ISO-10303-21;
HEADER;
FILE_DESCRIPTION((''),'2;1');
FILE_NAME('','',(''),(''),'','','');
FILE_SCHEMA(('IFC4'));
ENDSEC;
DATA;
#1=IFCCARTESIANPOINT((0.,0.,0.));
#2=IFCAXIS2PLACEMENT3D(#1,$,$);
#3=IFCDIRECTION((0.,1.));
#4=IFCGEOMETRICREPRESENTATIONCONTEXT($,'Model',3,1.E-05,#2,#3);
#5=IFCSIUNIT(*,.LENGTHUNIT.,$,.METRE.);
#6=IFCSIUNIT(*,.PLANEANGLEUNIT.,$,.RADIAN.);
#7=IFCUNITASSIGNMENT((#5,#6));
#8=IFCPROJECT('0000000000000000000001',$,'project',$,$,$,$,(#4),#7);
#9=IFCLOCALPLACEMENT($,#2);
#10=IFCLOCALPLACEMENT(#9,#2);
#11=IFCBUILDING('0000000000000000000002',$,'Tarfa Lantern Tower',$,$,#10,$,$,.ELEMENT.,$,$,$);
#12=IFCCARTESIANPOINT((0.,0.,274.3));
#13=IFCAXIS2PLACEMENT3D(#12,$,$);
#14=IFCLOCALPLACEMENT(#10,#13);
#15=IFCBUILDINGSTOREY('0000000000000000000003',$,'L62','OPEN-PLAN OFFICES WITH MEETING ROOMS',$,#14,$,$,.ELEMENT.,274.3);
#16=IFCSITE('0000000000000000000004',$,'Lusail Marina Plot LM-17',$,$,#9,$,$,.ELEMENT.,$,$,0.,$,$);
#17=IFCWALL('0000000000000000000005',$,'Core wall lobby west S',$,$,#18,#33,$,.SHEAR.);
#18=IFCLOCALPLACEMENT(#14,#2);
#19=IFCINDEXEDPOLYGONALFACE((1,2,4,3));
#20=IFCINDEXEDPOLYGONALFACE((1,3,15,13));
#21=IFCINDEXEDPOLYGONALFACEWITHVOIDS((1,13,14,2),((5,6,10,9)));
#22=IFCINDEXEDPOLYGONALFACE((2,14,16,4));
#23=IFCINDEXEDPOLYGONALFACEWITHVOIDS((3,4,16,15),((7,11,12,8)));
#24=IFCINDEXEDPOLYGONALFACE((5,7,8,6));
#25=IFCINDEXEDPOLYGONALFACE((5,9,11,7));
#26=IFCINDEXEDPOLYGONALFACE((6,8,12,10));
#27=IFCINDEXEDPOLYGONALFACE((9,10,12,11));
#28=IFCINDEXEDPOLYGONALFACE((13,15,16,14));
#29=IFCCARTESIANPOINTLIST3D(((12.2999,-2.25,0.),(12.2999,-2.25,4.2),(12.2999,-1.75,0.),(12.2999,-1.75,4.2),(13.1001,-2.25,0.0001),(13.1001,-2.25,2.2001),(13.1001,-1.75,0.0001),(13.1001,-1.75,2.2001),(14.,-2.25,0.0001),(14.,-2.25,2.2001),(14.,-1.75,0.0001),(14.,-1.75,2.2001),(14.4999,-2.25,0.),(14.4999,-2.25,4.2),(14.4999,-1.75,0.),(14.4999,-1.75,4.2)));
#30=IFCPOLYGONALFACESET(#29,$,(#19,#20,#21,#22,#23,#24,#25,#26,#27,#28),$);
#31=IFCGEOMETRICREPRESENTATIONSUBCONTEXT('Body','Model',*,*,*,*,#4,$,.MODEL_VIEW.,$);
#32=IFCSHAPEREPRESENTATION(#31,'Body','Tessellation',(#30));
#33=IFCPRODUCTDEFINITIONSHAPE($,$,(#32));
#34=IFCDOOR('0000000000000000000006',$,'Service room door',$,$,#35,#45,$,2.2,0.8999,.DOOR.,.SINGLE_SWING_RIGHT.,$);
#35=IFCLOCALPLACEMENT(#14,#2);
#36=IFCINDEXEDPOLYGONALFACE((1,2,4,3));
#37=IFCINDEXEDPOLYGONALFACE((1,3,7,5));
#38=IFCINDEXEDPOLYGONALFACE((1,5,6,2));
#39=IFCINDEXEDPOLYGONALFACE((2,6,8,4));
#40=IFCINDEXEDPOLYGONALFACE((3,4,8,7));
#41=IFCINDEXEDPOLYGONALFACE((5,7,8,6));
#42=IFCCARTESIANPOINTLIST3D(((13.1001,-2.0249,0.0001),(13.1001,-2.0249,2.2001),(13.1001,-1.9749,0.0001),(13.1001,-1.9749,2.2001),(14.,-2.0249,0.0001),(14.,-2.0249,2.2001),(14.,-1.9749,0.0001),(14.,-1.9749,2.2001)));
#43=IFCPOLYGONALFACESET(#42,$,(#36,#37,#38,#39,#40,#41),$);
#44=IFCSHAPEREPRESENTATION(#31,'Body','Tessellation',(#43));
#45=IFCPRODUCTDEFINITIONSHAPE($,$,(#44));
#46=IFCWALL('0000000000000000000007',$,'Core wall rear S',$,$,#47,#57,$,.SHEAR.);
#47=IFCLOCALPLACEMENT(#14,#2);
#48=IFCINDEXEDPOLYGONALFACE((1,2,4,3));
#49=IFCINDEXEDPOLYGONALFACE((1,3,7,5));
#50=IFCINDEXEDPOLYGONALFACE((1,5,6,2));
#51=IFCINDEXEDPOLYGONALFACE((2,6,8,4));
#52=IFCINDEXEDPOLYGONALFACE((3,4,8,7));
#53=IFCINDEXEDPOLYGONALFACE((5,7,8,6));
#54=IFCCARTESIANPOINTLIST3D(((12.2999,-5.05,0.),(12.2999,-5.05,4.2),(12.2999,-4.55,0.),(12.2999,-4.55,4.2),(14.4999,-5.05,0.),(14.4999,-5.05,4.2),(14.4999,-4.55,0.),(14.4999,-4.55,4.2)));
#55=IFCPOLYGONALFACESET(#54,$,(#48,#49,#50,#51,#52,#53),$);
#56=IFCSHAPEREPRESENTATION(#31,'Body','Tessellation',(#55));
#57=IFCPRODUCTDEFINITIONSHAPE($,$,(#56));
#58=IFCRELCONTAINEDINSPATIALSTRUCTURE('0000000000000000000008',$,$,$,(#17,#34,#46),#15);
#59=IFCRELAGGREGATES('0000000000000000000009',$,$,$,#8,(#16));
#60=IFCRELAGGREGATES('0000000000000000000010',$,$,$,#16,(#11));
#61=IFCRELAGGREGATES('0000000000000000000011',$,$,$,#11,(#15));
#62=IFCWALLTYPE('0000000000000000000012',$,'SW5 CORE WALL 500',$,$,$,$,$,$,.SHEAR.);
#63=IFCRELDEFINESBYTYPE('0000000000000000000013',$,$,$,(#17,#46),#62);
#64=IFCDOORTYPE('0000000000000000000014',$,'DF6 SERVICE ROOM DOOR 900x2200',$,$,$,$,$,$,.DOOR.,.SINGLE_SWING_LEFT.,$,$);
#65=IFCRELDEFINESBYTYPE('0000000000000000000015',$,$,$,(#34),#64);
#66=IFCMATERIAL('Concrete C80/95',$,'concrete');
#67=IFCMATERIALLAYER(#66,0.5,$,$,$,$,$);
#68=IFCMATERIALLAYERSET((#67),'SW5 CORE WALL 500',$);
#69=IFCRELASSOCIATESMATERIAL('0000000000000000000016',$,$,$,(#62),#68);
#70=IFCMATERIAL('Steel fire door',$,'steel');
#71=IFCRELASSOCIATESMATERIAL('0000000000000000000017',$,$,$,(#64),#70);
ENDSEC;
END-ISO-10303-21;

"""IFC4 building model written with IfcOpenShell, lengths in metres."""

from ifc_helpers import new_model, si_unit, direction, frame, frame_2d, origin, place, context, subcontext, project, spatial, rectangle, extrude, material, layer, layer_set, type_object, element, fill, save


model = new_model("IFC4")

# Units and contexts
model_context = context("Model", 3, precision=1e-05, world=origin(), true_north=direction((0.0, 1.0)))
body_context = subcontext(model_context, "Body", "Model", "MODEL_VIEW")
ifc_project = project(units=[si_unit("LENGTHUNIT", "METRE"), si_unit("PLANEANGLEUNIT", "RADIAN")], contexts=[model_context])

# Site, building, storey
site_placement = place(None, origin())
site = spatial("IfcSite", under=ifc_project, at=site_placement, Name="Lusail Marina Plot LM-17", CompositionType="ELEMENT", RefElevation=0.0)
building_placement = place(site_placement, origin())
building = spatial("IfcBuilding", under=site, at=building_placement, Name="Tarfa Lantern Tower", CompositionType="ELEMENT")
storey_placement = place(building_placement, frame((0.0, 0.0, 274.3)))
storey = spatial("IfcBuildingStorey", under=building, at=storey_placement, Name="L62", Description="OPEN-PLAN OFFICES WITH MEETING ROOMS", CompositionType="ELEMENT", Elevation=274.3)

# Wall, opening, door
ifc_material_1 = material(Name="Concrete C80/95", Category="concrete")
ifc_material_2 = material(Name="Steel fire door", Category="steel")
ifc_layer_1 = layer(ifc_material_1, 0.5)
ifc_layer_set_1 = layer_set([ifc_layer_1], Name="SW5 CORE WALL 500")
wall_type_1 = type_object("IfcWallType", Name="SW5 CORE WALL 500", PredefinedType="SHEAR", material=ifc_layer_set_1)
wall_1_placement = place(storey_placement, frame((14.5, -2.0, 0.0), z_axis=(0.0, 0.0, 1.0), x_axis=(-1.0, 0.0, 0.0)))
wall_1 = element("IfcWall", 1, at=wall_1_placement, inside=storey, type_object=wall_type_1, Name="Core wall lobby west S", PredefinedType="SHEAR", context=body_context, shape_type="SweptSolid", body=[
    extrude(rectangle(XDim=2.2, YDim=0.5, at=frame_2d((1.1001, 0.0))), origin(), (0.0, 0.0, 1.0), 4.2),
])
opening_1_placement = place(wall_1_placement, frame((0.5, 0.0, 0.0)))
opening_1 = element("IfcOpeningElement", 2, at=opening_1_placement, cuts=wall_1, PredefinedType="OPENING", context=body_context, shape_type="SweptSolid", body=[
    extrude(rectangle(XDim=0.8999, YDim=2.2, at=frame_2d((0.45, 1.1001))), frame((0.0, 0.26, 0.0), z_axis=(0.0, -1.0, 0.0), x_axis=(1.0, 0.0, 0.0)), (0.0, 0.0, 1.0), 0.52),
])
door_type_1 = type_object("IfcDoorType", Name="DF6 SERVICE ROOM DOOR 900x2200", OperationType="SINGLE_SWING_LEFT", PredefinedType="DOOR", material=ifc_material_2)
door_1_placement = place(opening_1_placement, origin())
door_1 = element("IfcDoor", 3, at=door_1_placement, inside=storey, type_object=door_type_1, Name="Service room door", OperationType="SINGLE_SWING_RIGHT", OverallHeight=2.2, OverallWidth=0.8999, PredefinedType="DOOR", context=body_context, shape_type="SweptSolid", body=[
    extrude(rectangle(XDim=0.8999, YDim=2.2, at=frame_2d((0.45, 1.1001))), frame((0.0, 0.0249, 0.0), z_axis=(0.0, -1.0, 0.0), x_axis=(1.0, 0.0, 0.0)), (0.0, 0.0, 1.0), 0.05),
])
fill(opening_1, door_1)

# Wall
wall_2_placement = place(storey_placement, frame((14.5, -4.8, 0.0), z_axis=(0.0, 0.0, 1.0), x_axis=(-1.0, 0.0, 0.0)))
element("IfcWall", 4, at=wall_2_placement, inside=storey, type_object=wall_type_1, Name="Core wall rear S", PredefinedType="SHEAR", context=body_context, shape_type="SweptSolid", body=[
    extrude(rectangle(XDim=2.2, YDim=0.5, at=frame_2d((1.1001, 0.0))), origin(), (0.0, 0.0, 1.0), 4.2),
])

save(model, "model.ifc")
